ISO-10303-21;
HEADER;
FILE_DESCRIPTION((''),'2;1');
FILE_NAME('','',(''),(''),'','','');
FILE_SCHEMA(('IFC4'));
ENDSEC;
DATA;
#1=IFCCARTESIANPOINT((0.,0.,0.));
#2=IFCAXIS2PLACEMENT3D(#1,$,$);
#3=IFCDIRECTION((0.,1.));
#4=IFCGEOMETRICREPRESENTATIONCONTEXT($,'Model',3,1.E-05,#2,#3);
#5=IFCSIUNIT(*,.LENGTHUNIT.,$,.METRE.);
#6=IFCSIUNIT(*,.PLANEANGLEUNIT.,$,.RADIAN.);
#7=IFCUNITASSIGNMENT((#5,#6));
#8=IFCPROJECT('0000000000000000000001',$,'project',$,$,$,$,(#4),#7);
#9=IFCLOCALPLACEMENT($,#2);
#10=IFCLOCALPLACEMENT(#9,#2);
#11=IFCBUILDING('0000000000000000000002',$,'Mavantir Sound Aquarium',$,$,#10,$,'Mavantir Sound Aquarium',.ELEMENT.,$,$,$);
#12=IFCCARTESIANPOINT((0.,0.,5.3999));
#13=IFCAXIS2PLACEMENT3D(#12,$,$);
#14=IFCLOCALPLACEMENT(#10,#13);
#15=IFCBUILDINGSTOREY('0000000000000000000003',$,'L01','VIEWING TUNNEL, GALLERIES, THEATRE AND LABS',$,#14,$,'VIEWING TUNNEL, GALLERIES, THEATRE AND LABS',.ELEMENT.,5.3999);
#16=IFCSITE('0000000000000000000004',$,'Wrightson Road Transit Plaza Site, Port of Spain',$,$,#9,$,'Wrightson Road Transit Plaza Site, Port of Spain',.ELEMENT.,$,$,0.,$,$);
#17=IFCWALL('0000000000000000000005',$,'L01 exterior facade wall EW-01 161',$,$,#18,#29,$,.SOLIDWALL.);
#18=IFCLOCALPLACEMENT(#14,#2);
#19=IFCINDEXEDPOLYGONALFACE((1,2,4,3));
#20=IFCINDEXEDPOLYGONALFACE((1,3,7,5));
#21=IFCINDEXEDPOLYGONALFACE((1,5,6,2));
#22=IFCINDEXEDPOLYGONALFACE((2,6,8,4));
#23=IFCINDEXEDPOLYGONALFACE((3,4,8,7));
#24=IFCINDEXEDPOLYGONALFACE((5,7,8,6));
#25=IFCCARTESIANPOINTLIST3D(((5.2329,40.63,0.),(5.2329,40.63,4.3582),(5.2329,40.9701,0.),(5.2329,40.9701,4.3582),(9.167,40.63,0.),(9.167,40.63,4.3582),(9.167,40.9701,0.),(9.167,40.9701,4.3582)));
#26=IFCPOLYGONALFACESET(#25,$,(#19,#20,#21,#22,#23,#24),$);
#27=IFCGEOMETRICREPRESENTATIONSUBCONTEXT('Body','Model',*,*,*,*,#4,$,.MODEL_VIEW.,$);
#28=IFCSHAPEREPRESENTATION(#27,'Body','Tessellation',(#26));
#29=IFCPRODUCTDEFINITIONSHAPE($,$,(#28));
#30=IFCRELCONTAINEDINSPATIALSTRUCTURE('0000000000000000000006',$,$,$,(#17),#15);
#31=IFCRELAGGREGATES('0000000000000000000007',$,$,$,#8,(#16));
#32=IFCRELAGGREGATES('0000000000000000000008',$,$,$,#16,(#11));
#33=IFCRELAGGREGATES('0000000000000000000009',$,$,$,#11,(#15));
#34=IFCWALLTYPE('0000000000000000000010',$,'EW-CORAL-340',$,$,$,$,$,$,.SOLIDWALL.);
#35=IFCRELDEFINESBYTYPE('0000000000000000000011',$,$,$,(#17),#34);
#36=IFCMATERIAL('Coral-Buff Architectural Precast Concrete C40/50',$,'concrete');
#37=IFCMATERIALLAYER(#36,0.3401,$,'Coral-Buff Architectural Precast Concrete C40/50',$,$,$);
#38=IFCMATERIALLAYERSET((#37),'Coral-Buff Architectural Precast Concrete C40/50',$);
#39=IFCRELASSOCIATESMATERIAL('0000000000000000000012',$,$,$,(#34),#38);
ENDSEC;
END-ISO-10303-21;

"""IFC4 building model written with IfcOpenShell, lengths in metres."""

from ifc_helpers import new_model, si_unit, direction, frame, frame_2d, origin, place, context, subcontext, project, spatial, rectangle, extrude, material, layer, layer_set, type_object, element, save


model = new_model("IFC4")

# Units and contexts
model_context = context("Model", 3, precision=1e-05, world=origin(), true_north=direction((0.0, 1.0)))
body_context = subcontext(model_context, "Body", "Model", "MODEL_VIEW")
ifc_project = project(units=[si_unit("LENGTHUNIT", "METRE"), si_unit("PLANEANGLEUNIT", "RADIAN")], contexts=[model_context])

# Site, building, storey
site_placement = place(None, origin())
site = spatial("IfcSite", under=ifc_project, at=site_placement, Name="Wrightson Road Transit Plaza Site, Port of Spain", LongName="Wrightson Road Transit Plaza Site, Port of Spain", CompositionType="ELEMENT", RefElevation=0.0)
building_placement = place(site_placement, origin())
building = spatial("IfcBuilding", under=site, at=building_placement, Name="Mavantir Sound Aquarium", LongName="Mavantir Sound Aquarium", CompositionType="ELEMENT")
storey_placement = place(building_placement, frame((0.0, 0.0, 5.3999)))
storey = spatial("IfcBuildingStorey", under=building, at=storey_placement, Name="L01", Description="VIEWING TUNNEL, GALLERIES, THEATRE AND LABS", LongName="VIEWING TUNNEL, GALLERIES, THEATRE AND LABS", CompositionType="ELEMENT", Elevation=5.3999)

# Wall
ifc_material_1 = material(Name="Coral-Buff Architectural Precast Concrete C40/50", Category="concrete")
ifc_layer_1 = layer(ifc_material_1, 0.3401, Name="Coral-Buff Architectural Precast Concrete C40/50")
ifc_layer_set_1 = layer_set([ifc_layer_1], Name="Coral-Buff Architectural Precast Concrete C40/50")
wall_type = type_object("IfcWallType", Name="EW-CORAL-340", PredefinedType="SOLIDWALL", material=ifc_layer_set_1)
wall_1_placement = place(storey_placement, frame((5.2329, 40.8, 0.0), z_axis=(0.0, 0.0, 1.0), x_axis=(1.0, 0.0, 0.0)))
element("IfcWall", 1, at=wall_1_placement, inside=storey, type_object=wall_type, Name="L01 exterior facade wall EW-01 161", PredefinedType="SOLIDWALL", context=body_context, shape_type="SweptSolid", body=[
    extrude(rectangle(XDim=3.9341, YDim=0.3401, at=frame_2d((1.967, 0.0))), origin(), (0.0, 0.0, 1.0), 4.3582),
])

save(model, "model.ifc")
